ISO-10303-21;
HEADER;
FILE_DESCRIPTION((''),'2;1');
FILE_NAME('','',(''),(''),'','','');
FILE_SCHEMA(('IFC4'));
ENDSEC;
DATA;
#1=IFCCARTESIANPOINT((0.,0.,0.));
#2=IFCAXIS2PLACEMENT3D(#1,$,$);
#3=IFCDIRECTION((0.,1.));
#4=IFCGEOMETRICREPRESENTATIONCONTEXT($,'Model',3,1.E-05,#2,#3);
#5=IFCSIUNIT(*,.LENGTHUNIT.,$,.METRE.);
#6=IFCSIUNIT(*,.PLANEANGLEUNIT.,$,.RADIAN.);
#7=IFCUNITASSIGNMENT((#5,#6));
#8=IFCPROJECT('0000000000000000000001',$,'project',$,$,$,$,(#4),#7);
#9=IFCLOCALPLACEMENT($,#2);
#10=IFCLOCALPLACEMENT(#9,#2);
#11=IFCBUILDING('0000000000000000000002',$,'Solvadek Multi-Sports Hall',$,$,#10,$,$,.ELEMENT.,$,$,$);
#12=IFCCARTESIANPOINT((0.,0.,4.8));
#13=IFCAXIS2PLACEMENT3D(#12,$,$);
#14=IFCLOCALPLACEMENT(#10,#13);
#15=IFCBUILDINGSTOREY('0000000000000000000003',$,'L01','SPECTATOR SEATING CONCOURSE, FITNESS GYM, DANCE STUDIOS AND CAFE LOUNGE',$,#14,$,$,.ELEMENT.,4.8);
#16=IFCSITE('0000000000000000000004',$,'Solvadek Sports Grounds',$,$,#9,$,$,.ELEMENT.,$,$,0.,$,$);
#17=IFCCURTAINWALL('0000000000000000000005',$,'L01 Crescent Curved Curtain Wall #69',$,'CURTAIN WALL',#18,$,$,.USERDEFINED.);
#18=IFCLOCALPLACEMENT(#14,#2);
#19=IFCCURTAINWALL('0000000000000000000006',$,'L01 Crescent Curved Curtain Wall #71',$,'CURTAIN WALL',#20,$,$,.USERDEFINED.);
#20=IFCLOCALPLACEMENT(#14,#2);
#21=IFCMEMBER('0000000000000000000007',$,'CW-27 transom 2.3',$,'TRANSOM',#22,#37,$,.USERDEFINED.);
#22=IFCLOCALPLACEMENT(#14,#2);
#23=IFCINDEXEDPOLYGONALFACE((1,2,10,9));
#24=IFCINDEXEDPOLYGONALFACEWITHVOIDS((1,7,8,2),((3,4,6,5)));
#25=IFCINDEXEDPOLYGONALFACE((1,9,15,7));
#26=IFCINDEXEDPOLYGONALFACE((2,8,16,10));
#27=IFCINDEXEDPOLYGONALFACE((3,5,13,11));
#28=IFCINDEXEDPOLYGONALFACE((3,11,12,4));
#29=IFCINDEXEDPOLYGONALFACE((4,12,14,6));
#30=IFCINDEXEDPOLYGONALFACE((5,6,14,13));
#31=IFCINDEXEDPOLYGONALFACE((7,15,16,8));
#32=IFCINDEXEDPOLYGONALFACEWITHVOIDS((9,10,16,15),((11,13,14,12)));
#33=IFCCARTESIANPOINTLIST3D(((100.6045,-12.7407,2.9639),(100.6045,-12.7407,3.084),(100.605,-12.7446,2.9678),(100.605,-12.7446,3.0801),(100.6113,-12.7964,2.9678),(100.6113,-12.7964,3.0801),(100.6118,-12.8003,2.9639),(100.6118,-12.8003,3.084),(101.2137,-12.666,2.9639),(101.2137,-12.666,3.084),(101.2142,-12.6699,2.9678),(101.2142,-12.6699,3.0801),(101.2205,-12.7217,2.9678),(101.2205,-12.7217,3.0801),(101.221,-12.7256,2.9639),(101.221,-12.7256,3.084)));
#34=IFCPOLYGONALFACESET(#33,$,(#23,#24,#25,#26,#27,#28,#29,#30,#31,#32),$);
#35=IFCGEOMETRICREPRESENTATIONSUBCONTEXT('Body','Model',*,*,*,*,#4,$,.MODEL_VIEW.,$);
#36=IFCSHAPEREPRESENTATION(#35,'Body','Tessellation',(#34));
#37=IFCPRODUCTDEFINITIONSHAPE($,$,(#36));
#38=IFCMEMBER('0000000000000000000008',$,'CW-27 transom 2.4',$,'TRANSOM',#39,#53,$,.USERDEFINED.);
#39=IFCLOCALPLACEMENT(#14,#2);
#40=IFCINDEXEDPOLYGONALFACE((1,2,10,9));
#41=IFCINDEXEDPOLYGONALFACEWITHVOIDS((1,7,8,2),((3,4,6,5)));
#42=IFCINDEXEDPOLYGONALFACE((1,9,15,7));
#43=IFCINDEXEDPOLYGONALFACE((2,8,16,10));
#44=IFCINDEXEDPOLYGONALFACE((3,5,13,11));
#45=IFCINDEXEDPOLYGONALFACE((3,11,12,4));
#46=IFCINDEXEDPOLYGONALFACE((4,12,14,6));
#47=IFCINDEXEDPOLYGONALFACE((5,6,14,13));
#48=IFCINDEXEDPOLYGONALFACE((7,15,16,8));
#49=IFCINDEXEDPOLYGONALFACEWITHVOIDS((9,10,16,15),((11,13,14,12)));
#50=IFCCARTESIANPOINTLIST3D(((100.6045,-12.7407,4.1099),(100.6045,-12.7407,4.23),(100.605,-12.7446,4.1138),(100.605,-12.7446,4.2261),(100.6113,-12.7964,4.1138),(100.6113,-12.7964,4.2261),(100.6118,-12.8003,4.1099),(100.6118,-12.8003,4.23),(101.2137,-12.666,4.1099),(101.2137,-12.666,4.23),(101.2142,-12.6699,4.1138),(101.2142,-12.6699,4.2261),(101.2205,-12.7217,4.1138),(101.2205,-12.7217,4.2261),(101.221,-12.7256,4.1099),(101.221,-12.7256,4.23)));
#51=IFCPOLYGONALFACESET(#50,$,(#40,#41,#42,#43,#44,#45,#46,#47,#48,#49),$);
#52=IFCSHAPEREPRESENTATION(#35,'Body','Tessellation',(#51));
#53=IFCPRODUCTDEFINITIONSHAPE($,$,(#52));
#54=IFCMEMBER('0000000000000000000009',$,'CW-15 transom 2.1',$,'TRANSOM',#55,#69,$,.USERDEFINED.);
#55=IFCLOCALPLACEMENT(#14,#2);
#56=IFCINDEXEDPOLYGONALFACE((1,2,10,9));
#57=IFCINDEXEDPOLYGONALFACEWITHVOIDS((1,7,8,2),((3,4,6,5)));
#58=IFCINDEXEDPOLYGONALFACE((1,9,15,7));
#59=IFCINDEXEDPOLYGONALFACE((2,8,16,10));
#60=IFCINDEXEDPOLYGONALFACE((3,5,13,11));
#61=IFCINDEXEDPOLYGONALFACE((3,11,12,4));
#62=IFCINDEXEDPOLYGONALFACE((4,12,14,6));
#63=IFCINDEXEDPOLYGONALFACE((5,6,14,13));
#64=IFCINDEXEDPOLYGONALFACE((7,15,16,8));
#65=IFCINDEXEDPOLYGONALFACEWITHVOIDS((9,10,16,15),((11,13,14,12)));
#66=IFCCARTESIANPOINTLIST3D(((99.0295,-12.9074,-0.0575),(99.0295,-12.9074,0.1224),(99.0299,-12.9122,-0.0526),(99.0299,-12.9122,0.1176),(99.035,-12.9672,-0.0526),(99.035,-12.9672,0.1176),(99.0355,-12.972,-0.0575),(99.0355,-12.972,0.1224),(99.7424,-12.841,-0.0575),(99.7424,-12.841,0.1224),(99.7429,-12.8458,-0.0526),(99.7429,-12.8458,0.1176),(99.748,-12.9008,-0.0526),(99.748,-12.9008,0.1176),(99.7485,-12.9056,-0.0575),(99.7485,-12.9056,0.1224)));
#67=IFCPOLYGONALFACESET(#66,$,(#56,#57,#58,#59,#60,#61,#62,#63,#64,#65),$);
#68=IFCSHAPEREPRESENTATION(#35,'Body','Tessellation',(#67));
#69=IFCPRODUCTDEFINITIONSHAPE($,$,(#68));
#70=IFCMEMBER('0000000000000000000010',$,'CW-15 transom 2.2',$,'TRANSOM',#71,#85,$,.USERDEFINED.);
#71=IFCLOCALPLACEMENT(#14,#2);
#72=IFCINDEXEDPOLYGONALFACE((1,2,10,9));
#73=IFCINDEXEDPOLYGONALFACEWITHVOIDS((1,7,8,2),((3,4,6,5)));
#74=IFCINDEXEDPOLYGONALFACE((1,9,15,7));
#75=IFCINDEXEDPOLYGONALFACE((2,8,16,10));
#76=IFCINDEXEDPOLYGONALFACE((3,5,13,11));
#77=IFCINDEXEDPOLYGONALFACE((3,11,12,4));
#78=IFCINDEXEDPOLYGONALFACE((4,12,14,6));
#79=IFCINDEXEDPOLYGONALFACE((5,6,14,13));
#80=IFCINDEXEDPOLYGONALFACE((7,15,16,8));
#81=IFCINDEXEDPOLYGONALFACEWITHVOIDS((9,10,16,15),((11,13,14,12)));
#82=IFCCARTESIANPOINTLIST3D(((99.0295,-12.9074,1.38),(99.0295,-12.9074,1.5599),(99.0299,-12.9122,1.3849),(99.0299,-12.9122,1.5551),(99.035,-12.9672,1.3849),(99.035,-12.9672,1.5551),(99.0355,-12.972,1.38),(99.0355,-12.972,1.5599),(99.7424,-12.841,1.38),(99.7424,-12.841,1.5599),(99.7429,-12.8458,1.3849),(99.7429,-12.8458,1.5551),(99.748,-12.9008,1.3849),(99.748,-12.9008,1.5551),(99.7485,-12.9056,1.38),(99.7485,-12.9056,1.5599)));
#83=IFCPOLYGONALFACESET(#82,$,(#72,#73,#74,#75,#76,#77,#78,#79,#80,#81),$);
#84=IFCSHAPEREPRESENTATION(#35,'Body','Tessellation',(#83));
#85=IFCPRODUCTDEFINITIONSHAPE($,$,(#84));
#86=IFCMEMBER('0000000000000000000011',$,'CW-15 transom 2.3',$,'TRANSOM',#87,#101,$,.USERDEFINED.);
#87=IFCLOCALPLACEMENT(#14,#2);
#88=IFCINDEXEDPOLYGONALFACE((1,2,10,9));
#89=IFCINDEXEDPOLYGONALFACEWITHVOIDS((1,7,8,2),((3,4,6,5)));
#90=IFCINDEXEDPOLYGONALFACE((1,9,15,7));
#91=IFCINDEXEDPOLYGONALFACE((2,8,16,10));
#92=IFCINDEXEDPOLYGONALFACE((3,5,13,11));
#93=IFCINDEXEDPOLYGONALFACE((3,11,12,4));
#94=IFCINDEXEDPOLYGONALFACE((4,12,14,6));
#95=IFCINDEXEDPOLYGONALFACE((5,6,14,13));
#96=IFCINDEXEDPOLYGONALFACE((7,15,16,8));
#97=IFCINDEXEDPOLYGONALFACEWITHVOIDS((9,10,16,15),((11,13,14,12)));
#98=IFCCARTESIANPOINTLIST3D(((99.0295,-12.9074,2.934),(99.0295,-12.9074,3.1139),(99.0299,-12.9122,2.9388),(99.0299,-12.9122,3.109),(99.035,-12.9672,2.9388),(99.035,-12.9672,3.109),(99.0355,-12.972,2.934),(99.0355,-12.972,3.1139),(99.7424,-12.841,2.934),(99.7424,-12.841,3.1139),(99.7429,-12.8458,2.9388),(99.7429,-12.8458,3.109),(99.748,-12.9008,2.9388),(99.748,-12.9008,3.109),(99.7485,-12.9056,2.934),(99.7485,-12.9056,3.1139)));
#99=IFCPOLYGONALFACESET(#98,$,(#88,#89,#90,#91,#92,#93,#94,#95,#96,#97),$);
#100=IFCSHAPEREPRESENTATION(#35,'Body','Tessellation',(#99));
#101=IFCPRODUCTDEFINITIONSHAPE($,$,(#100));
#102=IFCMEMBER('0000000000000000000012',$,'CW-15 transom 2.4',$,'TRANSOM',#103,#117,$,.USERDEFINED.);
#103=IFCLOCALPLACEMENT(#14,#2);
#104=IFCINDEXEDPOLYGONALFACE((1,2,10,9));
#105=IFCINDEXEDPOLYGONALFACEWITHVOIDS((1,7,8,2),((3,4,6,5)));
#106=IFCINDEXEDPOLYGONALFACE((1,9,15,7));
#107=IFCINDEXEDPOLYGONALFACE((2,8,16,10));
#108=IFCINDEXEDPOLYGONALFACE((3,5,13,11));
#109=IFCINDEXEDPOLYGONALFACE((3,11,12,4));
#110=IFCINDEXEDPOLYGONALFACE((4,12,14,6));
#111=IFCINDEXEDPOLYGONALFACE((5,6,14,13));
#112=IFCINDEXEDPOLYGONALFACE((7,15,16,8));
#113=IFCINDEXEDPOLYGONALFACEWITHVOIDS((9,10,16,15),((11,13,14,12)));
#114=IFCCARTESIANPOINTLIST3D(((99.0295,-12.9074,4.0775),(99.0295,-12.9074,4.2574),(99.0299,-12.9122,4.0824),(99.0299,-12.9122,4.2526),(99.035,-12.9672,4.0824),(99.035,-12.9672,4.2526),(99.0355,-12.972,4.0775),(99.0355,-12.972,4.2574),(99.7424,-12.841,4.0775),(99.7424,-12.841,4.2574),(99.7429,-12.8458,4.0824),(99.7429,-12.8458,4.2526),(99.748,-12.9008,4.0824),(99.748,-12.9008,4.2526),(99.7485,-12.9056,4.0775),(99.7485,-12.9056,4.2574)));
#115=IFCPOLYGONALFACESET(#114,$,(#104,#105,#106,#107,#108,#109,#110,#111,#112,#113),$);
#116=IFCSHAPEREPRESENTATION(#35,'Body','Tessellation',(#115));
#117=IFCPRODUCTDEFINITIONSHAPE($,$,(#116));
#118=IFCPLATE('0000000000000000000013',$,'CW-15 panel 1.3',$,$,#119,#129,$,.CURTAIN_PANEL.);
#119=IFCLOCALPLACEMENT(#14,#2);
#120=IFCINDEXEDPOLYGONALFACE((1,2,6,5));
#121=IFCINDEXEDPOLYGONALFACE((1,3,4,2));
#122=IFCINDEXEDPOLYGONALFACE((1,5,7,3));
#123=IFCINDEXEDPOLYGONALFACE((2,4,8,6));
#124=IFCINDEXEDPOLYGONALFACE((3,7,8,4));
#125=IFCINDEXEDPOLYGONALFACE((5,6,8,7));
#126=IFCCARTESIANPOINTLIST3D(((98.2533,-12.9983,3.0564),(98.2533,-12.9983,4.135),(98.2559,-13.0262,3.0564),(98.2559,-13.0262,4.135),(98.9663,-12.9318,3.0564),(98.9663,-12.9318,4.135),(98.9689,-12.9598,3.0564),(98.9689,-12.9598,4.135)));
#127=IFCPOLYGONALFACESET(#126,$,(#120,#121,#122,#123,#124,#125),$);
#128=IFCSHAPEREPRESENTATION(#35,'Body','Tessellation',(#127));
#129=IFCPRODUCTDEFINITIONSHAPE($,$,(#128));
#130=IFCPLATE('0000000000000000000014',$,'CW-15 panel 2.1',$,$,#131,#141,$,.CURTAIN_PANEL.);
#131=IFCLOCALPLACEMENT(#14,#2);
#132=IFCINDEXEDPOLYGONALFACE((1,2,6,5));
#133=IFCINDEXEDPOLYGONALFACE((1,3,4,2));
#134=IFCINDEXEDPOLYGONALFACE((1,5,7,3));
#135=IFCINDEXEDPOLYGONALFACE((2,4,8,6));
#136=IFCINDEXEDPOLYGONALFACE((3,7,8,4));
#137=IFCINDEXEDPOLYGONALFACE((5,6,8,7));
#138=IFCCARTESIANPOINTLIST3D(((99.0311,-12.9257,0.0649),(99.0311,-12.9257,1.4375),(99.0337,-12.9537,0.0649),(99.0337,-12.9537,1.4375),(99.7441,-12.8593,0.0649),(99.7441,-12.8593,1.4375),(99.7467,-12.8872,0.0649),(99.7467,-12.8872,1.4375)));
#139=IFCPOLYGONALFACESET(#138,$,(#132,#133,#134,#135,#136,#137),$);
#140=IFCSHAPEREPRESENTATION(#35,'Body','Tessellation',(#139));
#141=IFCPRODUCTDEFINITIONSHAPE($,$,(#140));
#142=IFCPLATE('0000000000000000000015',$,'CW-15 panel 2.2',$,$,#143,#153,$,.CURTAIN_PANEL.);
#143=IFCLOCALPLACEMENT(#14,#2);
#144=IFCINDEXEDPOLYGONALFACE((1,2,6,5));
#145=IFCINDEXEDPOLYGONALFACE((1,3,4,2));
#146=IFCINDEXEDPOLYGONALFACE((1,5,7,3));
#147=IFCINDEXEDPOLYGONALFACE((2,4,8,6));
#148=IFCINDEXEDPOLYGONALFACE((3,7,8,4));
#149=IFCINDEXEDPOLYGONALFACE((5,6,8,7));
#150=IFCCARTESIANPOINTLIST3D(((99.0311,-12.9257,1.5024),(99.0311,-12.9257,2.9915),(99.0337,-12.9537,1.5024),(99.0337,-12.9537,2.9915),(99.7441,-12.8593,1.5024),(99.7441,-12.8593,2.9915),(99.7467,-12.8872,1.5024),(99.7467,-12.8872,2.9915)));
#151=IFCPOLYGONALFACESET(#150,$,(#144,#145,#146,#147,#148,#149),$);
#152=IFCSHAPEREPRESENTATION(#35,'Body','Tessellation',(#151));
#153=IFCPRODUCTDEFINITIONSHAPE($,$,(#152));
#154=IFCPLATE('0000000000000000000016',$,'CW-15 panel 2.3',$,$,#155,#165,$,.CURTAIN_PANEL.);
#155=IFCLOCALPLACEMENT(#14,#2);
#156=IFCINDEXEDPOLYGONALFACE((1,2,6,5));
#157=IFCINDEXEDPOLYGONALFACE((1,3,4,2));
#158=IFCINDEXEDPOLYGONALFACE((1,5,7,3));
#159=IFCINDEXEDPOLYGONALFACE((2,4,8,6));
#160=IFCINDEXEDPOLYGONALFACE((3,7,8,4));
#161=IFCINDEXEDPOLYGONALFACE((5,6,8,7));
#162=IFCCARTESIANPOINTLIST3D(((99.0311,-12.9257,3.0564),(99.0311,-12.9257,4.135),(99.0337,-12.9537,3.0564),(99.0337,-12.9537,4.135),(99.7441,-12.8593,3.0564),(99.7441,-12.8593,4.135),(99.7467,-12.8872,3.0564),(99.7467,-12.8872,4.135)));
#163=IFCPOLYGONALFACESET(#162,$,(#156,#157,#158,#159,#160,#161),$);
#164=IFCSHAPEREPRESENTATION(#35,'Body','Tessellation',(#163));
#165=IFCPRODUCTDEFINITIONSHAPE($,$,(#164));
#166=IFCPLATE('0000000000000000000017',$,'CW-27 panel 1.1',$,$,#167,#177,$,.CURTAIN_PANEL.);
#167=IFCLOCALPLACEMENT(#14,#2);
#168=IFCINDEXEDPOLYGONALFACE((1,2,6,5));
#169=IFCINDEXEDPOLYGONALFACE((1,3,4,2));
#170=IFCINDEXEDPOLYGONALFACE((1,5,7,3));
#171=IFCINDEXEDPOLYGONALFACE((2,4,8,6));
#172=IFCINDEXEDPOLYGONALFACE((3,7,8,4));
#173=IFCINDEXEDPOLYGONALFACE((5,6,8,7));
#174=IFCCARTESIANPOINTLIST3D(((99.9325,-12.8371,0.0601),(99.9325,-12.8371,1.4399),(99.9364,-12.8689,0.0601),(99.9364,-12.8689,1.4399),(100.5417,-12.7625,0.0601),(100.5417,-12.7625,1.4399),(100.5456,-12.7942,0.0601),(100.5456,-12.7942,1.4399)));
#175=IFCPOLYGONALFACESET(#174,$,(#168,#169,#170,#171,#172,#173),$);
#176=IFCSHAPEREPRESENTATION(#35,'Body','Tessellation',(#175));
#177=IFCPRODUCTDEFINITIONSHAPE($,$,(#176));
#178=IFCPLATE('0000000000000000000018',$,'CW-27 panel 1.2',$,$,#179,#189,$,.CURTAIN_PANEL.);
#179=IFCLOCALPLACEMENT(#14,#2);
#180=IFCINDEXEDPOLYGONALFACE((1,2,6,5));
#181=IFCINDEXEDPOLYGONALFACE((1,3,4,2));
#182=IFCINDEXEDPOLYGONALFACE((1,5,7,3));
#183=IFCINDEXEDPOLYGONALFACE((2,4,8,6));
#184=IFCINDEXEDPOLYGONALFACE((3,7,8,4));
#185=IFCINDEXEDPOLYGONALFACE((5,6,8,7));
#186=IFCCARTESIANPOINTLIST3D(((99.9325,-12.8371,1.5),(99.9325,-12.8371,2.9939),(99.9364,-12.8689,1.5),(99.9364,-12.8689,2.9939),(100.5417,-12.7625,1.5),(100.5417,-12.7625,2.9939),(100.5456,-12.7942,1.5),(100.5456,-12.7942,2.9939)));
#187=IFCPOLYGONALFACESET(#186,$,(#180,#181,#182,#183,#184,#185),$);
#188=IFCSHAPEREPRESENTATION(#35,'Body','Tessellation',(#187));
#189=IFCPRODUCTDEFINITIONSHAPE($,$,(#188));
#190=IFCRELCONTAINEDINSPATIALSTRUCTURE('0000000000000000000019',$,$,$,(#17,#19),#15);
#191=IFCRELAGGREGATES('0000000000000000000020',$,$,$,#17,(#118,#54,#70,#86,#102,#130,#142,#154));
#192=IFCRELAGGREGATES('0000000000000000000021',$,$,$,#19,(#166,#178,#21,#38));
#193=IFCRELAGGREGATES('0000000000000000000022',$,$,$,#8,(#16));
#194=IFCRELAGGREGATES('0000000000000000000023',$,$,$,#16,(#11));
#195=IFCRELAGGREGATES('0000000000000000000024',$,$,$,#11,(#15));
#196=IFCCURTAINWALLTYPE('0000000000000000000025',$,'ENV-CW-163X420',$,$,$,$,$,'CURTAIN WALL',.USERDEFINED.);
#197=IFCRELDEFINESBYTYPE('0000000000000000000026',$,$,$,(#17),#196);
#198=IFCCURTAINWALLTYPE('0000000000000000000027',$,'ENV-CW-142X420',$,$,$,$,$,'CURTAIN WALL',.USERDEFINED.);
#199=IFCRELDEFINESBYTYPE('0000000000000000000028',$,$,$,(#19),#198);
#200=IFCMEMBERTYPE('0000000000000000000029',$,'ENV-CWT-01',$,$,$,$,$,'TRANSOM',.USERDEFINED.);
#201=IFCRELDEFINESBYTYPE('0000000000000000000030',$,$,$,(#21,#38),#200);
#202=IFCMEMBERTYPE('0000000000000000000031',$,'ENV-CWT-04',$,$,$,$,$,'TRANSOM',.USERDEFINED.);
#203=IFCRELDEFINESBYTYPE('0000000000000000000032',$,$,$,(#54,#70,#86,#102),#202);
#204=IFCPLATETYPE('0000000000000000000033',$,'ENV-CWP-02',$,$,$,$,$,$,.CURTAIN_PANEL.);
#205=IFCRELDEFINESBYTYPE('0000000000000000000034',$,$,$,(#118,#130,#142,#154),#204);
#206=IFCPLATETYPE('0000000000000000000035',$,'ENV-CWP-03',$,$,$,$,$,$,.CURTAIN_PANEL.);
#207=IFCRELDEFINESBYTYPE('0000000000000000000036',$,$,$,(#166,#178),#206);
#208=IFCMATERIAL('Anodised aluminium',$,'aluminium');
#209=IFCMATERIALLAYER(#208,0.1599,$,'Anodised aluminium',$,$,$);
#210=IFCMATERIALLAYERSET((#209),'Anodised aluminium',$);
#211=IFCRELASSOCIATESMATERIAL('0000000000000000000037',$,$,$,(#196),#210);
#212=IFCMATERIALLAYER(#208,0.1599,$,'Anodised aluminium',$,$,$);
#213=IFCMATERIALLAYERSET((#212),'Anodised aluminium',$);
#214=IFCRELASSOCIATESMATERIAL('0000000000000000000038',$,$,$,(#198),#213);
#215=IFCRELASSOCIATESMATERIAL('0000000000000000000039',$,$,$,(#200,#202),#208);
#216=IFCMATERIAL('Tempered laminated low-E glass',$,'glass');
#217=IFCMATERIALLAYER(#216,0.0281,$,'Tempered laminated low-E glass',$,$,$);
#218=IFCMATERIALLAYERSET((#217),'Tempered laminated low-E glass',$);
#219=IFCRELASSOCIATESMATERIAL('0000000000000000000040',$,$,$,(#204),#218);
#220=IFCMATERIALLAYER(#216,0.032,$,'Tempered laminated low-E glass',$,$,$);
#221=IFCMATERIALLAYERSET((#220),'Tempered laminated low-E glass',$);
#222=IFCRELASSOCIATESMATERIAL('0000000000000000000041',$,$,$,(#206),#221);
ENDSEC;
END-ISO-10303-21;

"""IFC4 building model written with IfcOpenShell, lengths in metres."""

from ifc_helpers import new_model, si_unit, direction, frame, origin, origin_2d, place, context, subcontext, project, spatial, rectangle, hollow_rectangle, extrude, material, layer, layer_set, material_profile, profile_set, type_object, element, aggregate, save


model = new_model("IFC4")

# Units and contexts
model_context = context("Model", 3, precision=1e-05, world=origin(), true_north=direction((0.0, 1.0)))
body_context = subcontext(model_context, "Body", "Model", "MODEL_VIEW")
ifc_project = project(units=[si_unit("LENGTHUNIT", "METRE"), si_unit("PLANEANGLEUNIT", "RADIAN")], contexts=[model_context])

# Site, building, storey
site_placement = place(None, origin())
site = spatial("IfcSite", under=ifc_project, at=site_placement, Name="Solvadek Sports Grounds", CompositionType="ELEMENT", RefElevation=0.0)
building_placement = place(site_placement, origin())
building = spatial("IfcBuilding", under=site, at=building_placement, Name="Solvadek Multi-Sports Hall", CompositionType="ELEMENT")
storey_placement = place(building_placement, frame((0.0, 0.0, 4.8)))
storey = spatial("IfcBuildingStorey", under=building, at=storey_placement, Name="L01", Description="SPECTATOR SEATING CONCOURSE, FITNESS GYM, DANCE STUDIOS AND CAFE LOUNGE", CompositionType="ELEMENT", Elevation=4.8)

# Curtain walls, members
ifc_material_1 = material(Name="Anodised aluminium", Category="aluminium")
ifc_layer_1 = layer(ifc_material_1, 0.1599, Name="Anodised aluminium")
ifc_layer_set_1 = layer_set([ifc_layer_1], Name="Anodised aluminium")
curtain_wall_type_1 = type_object("IfcCurtainWallType", Name="ENV-CW-163X420", ElementType="CURTAIN WALL", PredefinedType="USERDEFINED", material=ifc_layer_set_1)
curtain_wall_1_placement = place(storey_placement, origin())
curtain_wall_1 = element("IfcCurtainWall", 1, at=curtain_wall_1_placement, inside=storey, type_object=curtain_wall_type_1, Name="L01 Crescent Curved Curtain Wall #69", ObjectType="CURTAIN WALL", PredefinedType="USERDEFINED")
ifc_layer_2 = layer(ifc_material_1, 0.1599, Name="Anodised aluminium")
ifc_layer_set_2 = layer_set([ifc_layer_2], Name="Anodised aluminium")
curtain_wall_type_2 = type_object("IfcCurtainWallType", Name="ENV-CW-142X420", ElementType="CURTAIN WALL", PredefinedType="USERDEFINED", material=ifc_layer_set_2)
curtain_wall_2_placement = place(storey_placement, origin())
curtain_wall_2 = element("IfcCurtainWall", 2, at=curtain_wall_2_placement, inside=storey, type_object=curtain_wall_type_2, Name="L01 Crescent Curved Curtain Wall #71", ObjectType="CURTAIN WALL", PredefinedType="USERDEFINED")
ifc_material_profile_1 = material_profile(ifc_material_1, hollow_rectangle(XDim=0.0601, YDim=0.1201, WallThickness=0.0039, at=origin_2d()), Name="ALU-T 120x60x4")
ifc_profile_set_1 = profile_set([ifc_material_profile_1], Name="Anodised aluminium")
member_type_1 = type_object("IfcMemberType", Name="ENV-CWT-01", ElementType="TRANSOM", PredefinedType="USERDEFINED", material=ifc_profile_set_1)
member_1_placement = place(storey_placement, frame((100.6082, -12.7705, 3.0239), z_axis=(0.992563, 0.121733, 0.0), x_axis=(-0.121733, 0.992563, 0.0)))
member_1 = element("IfcMember", 3, at=member_1_placement, type_object=member_type_1, Name="CW-27 transom 2.3", ObjectType="TRANSOM", PredefinedType="USERDEFINED", context=body_context, shape_type="SweptSolid", body=[
    extrude(hollow_rectangle(XDim=0.0601, YDim=0.1201, WallThickness=0.0039, at=origin_2d()), origin(), (0.0, 0.0, 1.0), 0.6138),
])
member_2_placement = place(storey_placement, frame((100.6082, -12.7705, 4.1699), z_axis=(0.992563, 0.121733, 0.0), x_axis=(-0.121733, 0.992563, 0.0)))
member_2 = element("IfcMember", 4, at=member_2_placement, type_object=member_type_1, Name="CW-27 transom 2.4", ObjectType="TRANSOM", PredefinedType="USERDEFINED", context=body_context, shape_type="SweptSolid", body=[
    extrude(hollow_rectangle(XDim=0.0601, YDim=0.1201, WallThickness=0.0039, at=origin_2d()), origin(), (0.0, 0.0, 1.0), 0.6138),
])

# Members
ifc_material_profile_2 = material_profile(ifc_material_1, hollow_rectangle(XDim=0.0649, YDim=0.1799, WallThickness=0.0049, at=origin_2d()), Name="ALU-T 180x65x5")
ifc_profile_set_2 = profile_set([ifc_material_profile_2], Name="Anodised aluminium")
member_type_2 = type_object("IfcMemberType", Name="ENV-CWT-04", ElementType="TRANSOM", PredefinedType="USERDEFINED", material=ifc_profile_set_2)
member_3_placement = place(storey_placement, frame((99.0325, -12.9397, 0.0325), z_axis=(0.99569, 0.092749, 0.0), x_axis=(-0.092749, 0.99569, 0.0)))
member_3 = element("IfcMember", 5, at=member_3_placement, type_object=member_type_2, Name="CW-15 transom 2.1", ObjectType="TRANSOM", PredefinedType="USERDEFINED", context=body_context, shape_type="SweptSolid", body=[
    extrude(hollow_rectangle(XDim=0.0649, YDim=0.1799, WallThickness=0.0049, at=origin_2d()), origin(), (0.0, 0.0, 1.0), 0.7161),
])
member_4_placement = place(storey_placement, frame((99.0325, -12.9397, 1.47), z_axis=(0.99569, 0.092749, 0.0), x_axis=(-0.092749, 0.99569, 0.0)))
member_4 = element("IfcMember", 6, at=member_4_placement, type_object=member_type_2, Name="CW-15 transom 2.2", ObjectType="TRANSOM", PredefinedType="USERDEFINED", context=body_context, shape_type="SweptSolid", body=[
    extrude(hollow_rectangle(XDim=0.0649, YDim=0.1799, WallThickness=0.0049, at=origin_2d()), origin(), (0.0, 0.0, 1.0), 0.7161),
])
member_5_placement = place(storey_placement, frame((99.0325, -12.9397, 3.0239), z_axis=(0.99569, 0.092749, 0.0), x_axis=(-0.092749, 0.99569, 0.0)))
member_5 = element("IfcMember", 7, at=member_5_placement, type_object=member_type_2, Name="CW-15 transom 2.3", ObjectType="TRANSOM", PredefinedType="USERDEFINED", context=body_context, shape_type="SweptSolid", body=[
    extrude(hollow_rectangle(XDim=0.0649, YDim=0.1799, WallThickness=0.0049, at=origin_2d()), origin(), (0.0, 0.0, 1.0), 0.7161),
])
member_6_placement = place(storey_placement, frame((99.0325, -12.9397, 4.1675), z_axis=(0.99569, 0.092749, 0.0), x_axis=(-0.092749, 0.99569, 0.0)))
member_6 = element("IfcMember", 8, at=member_6_placement, type_object=member_type_2, Name="CW-15 transom 2.4", ObjectType="TRANSOM", PredefinedType="USERDEFINED", context=body_context, shape_type="SweptSolid", body=[
    extrude(hollow_rectangle(XDim=0.0649, YDim=0.1799, WallThickness=0.0049, at=origin_2d()), origin(), (0.0, 0.0, 1.0), 0.7161),
])

# Plates
ifc_material_2 = material(Name="Tempered laminated low-E glass", Category="glass")
ifc_layer_3 = layer(ifc_material_2, 0.0281, Name="Tempered laminated low-E glass")
ifc_layer_set_3 = layer_set([ifc_layer_3], Name="Tempered laminated low-E glass")
plate_type_1 = type_object("IfcPlateType", Name="ENV-CWP-02", PredefinedType="CURTAIN_PANEL", material=ifc_layer_set_3)
plate_1_placement = place(storey_placement, frame((98.6111, -12.979, 3.0564), z_axis=(0.0, 0.0, 1.0), x_axis=(0.995685, 0.092796, 0.0)))
plate_1 = element("IfcPlate", 9, at=plate_1_placement, type_object=plate_type_1, Name="CW-15 panel 1.3", PredefinedType="CURTAIN_PANEL", context=body_context, shape_type="SweptSolid", body=[
    extrude(rectangle(XDim=0.7161, YDim=0.0281, at=origin_2d()), origin(), (0.0, 0.0, 1.0), 1.0786),
])
plate_2_placement = place(storey_placement, frame((99.3889, -12.9065, 0.0649), z_axis=(0.0, 0.0, 1.0), x_axis=(0.995685, 0.092796, 0.0)))
plate_2 = element("IfcPlate", 10, at=plate_2_placement, type_object=plate_type_1, Name="CW-15 panel 2.1", PredefinedType="CURTAIN_PANEL", context=body_context, shape_type="SweptSolid", body=[
    extrude(rectangle(XDim=0.7161, YDim=0.0281, at=origin_2d()), origin(), (0.0, 0.0, 1.0), 1.3726),
])
plate_3_placement = place(storey_placement, frame((99.3889, -12.9065, 1.5024), z_axis=(0.0, 0.0, 1.0), x_axis=(0.995685, 0.092796, 0.0)))
plate_3 = element("IfcPlate", 11, at=plate_3_placement, type_object=plate_type_1, Name="CW-15 panel 2.2", PredefinedType="CURTAIN_PANEL", context=body_context, shape_type="SweptSolid", body=[
    extrude(rectangle(XDim=0.7161, YDim=0.0281, at=origin_2d()), origin(), (0.0, 0.0, 1.0), 1.489),
])
plate_4_placement = place(storey_placement, frame((99.3889, -12.9065, 3.0564), z_axis=(0.0, 0.0, 1.0), x_axis=(0.995685, 0.092796, 0.0)))
plate_4 = element("IfcPlate", 12, at=plate_4_placement, type_object=plate_type_1, Name="CW-15 panel 2.3", PredefinedType="CURTAIN_PANEL", context=body_context, shape_type="SweptSolid", body=[
    extrude(rectangle(XDim=0.7161, YDim=0.0281, at=origin_2d()), origin(), (0.0, 0.0, 1.0), 1.0786),
])
aggregate(curtain_wall_1, [plate_1, member_3, member_4, member_5, member_6, plate_2, plate_3, plate_4])
ifc_layer_4 = layer(ifc_material_2, 0.032, Name="Tempered laminated low-E glass")
ifc_layer_set_4 = layer_set([ifc_layer_4], Name="Tempered laminated low-E glass")
plate_type_2 = type_object("IfcPlateType", Name="ENV-CWP-03", PredefinedType="CURTAIN_PANEL", material=ifc_layer_set_4)
plate_5_placement = place(storey_placement, frame((100.239, -12.8157, 0.0601), z_axis=(0.0, 0.0, 1.0), x_axis=(0.992569, 0.121681, 0.0)))
plate_5 = element("IfcPlate", 13, at=plate_5_placement, type_object=plate_type_2, Name="CW-27 panel 1.1", PredefinedType="CURTAIN_PANEL", context=body_context, shape_type="SweptSolid", body=[
    extrude(rectangle(XDim=0.6138, YDim=0.032, at=origin_2d()), origin(), (0.0, 0.0, 1.0), 1.3799),
])
plate_6_placement = place(storey_placement, frame((100.239, -12.8157, 1.5), z_axis=(0.0, 0.0, 1.0), x_axis=(0.992569, 0.121681, 0.0)))
plate_6 = element("IfcPlate", 14, at=plate_6_placement, type_object=plate_type_2, Name="CW-27 panel 1.2", PredefinedType="CURTAIN_PANEL", context=body_context, shape_type="SweptSolid", body=[
    extrude(rectangle(XDim=0.6138, YDim=0.032, at=origin_2d()), origin(), (0.0, 0.0, 1.0), 1.4939),
])
aggregate(curtain_wall_2, [plate_5, plate_6, member_1, member_2])

save(model, "model.ifc")
